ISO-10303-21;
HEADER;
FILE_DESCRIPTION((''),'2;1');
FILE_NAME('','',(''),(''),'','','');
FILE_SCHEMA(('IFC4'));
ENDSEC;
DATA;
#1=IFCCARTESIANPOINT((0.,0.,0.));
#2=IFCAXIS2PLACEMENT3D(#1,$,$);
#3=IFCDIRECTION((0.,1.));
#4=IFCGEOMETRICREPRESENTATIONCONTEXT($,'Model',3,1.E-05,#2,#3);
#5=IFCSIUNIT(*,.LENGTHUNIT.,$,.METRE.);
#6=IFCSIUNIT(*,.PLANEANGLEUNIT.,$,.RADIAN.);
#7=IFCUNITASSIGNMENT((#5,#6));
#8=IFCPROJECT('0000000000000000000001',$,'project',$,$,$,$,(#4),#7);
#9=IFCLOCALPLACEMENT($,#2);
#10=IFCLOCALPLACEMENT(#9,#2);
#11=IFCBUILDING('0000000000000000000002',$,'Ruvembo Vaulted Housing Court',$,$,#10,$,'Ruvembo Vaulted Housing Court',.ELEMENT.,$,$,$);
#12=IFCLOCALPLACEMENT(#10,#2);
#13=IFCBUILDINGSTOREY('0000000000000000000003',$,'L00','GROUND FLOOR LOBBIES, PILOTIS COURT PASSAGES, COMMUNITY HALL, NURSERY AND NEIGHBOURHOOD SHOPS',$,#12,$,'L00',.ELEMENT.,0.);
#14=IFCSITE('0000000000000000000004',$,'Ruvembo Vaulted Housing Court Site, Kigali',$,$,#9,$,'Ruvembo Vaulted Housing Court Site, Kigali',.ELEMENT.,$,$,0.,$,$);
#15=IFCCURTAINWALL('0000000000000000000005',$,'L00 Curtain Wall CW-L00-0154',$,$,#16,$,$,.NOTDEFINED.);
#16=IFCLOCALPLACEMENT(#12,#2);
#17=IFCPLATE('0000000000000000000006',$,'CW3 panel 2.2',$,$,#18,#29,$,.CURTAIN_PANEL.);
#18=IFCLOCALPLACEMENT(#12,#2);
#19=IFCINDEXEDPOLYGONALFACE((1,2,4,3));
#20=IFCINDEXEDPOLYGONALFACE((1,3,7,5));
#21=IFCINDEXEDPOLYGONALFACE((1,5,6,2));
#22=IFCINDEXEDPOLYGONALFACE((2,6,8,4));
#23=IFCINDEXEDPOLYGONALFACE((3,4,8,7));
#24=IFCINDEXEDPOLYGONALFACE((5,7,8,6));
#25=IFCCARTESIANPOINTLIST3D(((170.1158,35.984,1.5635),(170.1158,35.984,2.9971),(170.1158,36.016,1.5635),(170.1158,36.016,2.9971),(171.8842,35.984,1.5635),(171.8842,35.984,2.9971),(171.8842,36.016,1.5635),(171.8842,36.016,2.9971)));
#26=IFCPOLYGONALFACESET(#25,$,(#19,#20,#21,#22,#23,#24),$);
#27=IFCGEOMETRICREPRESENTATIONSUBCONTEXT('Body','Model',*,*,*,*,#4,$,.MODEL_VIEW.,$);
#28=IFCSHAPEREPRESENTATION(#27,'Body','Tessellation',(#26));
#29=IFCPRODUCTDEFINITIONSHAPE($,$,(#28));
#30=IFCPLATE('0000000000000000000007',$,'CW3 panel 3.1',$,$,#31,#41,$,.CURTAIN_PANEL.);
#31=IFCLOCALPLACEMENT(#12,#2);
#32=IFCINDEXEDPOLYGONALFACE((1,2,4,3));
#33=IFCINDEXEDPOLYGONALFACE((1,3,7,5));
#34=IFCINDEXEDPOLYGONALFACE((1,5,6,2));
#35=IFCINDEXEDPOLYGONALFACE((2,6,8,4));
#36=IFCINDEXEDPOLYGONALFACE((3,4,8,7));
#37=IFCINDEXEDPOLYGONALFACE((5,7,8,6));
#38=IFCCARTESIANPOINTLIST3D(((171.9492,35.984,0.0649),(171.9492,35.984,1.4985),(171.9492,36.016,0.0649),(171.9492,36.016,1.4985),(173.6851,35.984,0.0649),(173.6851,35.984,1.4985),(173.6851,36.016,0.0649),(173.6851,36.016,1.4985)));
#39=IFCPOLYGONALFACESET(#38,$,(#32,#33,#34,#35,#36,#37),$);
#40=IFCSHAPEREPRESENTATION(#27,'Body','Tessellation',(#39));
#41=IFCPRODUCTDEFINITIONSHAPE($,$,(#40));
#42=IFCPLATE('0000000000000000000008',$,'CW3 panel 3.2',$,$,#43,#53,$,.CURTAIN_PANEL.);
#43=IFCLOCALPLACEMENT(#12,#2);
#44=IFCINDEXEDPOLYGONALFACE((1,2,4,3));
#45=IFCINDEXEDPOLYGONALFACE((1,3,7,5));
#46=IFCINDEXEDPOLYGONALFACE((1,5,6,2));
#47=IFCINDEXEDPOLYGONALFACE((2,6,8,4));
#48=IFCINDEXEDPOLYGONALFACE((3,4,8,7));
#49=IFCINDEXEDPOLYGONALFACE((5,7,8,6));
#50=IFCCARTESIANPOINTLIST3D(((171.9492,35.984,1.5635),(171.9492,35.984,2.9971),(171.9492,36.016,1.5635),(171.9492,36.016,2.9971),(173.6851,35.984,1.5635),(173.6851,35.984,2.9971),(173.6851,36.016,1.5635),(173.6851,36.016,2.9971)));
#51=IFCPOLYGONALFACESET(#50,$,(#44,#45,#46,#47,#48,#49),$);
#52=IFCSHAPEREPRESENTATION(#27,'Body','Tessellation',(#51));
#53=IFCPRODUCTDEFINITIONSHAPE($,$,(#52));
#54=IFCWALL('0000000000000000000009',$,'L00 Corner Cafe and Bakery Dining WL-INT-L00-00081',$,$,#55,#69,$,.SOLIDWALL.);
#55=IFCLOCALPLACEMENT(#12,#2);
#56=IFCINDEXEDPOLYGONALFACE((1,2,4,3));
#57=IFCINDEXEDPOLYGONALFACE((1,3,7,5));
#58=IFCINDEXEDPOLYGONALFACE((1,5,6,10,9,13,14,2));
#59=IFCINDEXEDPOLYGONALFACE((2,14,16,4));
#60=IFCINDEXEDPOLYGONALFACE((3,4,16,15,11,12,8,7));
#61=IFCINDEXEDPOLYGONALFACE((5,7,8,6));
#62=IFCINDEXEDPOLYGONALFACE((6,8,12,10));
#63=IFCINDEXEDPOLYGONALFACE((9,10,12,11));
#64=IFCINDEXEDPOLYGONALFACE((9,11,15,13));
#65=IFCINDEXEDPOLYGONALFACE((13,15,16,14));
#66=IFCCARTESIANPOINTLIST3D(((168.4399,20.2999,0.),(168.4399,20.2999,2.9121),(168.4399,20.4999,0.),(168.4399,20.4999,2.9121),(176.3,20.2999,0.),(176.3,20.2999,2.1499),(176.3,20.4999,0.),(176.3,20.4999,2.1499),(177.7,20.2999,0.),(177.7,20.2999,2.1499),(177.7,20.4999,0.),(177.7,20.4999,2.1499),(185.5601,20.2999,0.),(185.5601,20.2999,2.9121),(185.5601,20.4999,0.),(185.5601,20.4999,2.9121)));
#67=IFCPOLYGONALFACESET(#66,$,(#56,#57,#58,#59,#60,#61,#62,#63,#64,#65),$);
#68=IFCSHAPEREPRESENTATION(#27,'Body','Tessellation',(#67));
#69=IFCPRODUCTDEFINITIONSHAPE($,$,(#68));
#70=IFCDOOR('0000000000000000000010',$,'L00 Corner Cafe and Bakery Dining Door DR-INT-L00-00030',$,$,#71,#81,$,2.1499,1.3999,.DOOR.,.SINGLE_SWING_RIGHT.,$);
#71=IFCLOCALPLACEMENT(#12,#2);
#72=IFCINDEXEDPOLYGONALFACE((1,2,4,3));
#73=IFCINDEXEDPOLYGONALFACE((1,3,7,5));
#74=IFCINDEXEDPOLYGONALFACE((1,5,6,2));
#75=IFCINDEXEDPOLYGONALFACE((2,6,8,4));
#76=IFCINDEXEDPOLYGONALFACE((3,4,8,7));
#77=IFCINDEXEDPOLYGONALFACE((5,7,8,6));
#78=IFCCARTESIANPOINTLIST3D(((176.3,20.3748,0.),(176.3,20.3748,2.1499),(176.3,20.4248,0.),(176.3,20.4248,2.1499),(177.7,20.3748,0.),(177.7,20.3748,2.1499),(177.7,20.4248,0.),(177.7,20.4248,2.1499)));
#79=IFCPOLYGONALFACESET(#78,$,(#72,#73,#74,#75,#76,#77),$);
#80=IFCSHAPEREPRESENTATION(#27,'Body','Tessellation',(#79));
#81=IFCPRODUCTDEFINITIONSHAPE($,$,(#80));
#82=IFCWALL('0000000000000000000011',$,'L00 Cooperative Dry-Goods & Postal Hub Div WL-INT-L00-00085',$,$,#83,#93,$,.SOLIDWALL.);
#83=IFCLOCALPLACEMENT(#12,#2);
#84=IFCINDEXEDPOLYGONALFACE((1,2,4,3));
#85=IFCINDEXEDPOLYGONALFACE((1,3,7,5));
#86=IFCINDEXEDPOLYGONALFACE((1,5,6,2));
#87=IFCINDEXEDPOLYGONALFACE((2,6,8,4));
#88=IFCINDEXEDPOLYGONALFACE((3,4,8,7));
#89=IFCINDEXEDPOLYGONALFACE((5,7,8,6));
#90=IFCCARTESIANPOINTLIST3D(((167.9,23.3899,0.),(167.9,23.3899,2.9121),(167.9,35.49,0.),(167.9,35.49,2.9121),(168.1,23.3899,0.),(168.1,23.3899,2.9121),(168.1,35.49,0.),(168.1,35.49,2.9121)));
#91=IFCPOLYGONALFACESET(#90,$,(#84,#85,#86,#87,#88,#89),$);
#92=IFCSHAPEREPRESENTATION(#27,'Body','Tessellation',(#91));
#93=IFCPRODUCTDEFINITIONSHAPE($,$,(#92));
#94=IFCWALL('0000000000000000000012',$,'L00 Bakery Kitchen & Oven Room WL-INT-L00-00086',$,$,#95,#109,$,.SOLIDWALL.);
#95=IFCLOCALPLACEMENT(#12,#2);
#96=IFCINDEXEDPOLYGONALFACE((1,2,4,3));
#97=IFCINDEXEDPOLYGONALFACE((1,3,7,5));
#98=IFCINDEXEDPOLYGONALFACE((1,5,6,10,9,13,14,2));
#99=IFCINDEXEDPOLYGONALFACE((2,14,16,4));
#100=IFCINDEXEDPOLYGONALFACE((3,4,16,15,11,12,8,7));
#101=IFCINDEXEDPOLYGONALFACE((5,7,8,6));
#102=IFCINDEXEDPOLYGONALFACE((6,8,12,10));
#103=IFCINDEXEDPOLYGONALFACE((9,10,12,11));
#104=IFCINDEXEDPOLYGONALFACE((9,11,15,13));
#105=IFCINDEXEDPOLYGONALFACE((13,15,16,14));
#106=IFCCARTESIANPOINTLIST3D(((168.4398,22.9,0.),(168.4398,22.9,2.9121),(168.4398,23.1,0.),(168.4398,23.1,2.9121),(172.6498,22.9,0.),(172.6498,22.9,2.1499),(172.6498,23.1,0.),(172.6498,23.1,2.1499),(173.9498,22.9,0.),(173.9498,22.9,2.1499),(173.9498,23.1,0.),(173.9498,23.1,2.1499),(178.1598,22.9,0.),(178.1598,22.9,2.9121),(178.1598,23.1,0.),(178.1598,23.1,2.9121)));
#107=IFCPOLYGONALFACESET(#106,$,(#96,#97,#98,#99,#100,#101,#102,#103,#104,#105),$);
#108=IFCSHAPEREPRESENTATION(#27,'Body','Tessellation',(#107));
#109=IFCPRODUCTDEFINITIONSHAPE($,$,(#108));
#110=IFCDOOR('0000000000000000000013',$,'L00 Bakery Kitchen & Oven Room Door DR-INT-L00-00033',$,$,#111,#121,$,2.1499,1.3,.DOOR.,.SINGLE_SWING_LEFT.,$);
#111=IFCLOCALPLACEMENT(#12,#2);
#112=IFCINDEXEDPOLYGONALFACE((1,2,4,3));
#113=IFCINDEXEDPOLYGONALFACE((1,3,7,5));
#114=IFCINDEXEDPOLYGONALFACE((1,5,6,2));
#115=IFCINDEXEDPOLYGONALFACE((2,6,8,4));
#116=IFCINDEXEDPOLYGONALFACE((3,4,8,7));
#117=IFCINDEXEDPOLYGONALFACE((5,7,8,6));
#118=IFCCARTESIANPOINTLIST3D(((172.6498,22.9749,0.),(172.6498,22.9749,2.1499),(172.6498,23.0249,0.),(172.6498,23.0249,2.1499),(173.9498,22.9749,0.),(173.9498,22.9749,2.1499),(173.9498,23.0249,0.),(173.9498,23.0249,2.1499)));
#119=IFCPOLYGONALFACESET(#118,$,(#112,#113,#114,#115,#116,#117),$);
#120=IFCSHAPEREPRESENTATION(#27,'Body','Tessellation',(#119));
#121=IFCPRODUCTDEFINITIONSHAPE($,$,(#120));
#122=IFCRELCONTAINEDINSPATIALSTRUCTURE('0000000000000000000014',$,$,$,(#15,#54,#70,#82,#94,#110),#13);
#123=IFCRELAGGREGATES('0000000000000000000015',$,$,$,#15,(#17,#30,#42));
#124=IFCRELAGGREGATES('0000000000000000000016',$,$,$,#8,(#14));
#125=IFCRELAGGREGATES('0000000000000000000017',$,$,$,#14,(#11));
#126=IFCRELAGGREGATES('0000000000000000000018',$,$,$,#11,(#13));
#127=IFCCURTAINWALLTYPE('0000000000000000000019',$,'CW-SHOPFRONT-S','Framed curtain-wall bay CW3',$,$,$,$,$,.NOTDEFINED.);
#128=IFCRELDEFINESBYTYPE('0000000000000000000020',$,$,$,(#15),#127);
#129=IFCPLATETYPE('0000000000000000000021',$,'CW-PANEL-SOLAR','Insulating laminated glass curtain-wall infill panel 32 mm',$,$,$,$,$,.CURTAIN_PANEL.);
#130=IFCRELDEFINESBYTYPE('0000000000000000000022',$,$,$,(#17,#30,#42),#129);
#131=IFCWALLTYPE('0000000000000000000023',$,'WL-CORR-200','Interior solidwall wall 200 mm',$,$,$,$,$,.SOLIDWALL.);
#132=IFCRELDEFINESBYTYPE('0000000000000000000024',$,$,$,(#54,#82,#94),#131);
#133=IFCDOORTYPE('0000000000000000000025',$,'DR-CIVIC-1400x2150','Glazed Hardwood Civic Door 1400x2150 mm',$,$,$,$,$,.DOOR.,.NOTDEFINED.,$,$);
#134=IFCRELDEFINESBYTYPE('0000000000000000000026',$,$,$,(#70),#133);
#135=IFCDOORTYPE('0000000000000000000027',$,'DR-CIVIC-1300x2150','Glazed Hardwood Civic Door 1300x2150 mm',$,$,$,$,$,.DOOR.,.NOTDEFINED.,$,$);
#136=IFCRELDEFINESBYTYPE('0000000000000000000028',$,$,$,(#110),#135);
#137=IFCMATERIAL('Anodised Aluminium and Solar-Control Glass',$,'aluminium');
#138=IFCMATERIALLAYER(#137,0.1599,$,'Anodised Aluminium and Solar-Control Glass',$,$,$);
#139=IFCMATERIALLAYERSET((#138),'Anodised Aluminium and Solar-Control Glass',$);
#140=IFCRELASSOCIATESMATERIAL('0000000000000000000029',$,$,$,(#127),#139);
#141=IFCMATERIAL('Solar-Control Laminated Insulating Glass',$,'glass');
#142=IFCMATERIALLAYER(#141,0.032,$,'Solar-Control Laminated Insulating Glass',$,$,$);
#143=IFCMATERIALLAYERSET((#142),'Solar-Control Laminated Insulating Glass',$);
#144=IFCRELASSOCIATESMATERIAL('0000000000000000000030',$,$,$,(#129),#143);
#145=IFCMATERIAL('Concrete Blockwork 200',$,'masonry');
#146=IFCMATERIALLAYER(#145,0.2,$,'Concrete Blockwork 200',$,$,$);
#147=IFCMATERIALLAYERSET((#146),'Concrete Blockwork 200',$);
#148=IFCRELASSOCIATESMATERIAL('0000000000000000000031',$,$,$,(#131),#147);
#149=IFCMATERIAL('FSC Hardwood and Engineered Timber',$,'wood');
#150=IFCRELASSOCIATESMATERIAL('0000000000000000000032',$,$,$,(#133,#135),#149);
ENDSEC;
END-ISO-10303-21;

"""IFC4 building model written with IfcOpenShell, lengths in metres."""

from ifc_helpers import new_model, si_unit, direction, frame, frame_2d, origin, origin_2d, place, context, subcontext, project, spatial, rectangle, extrude, material, layer, layer_set, type_object, element, fill, aggregate, save


model = new_model("IFC4")

# Units and contexts
model_context = context("Model", 3, precision=1e-05, world=origin(), true_north=direction((0.0, 1.0)))
body_context = subcontext(model_context, "Body", "Model", "MODEL_VIEW")
ifc_project = project(units=[si_unit("LENGTHUNIT", "METRE"), si_unit("PLANEANGLEUNIT", "RADIAN")], contexts=[model_context])

# Site, building, storey
site_placement = place(None, origin())
site = spatial("IfcSite", under=ifc_project, at=site_placement, Name="Ruvembo Vaulted Housing Court Site, Kigali", LongName="Ruvembo Vaulted Housing Court Site, Kigali", CompositionType="ELEMENT", RefElevation=0.0)
building_placement = place(site_placement, origin())
building = spatial("IfcBuilding", under=site, at=building_placement, Name="Ruvembo Vaulted Housing Court", LongName="Ruvembo Vaulted Housing Court", CompositionType="ELEMENT")
storey_placement = place(building_placement, origin())
storey = spatial("IfcBuildingStorey", under=building, at=storey_placement, Name="L00", Description="GROUND FLOOR LOBBIES, PILOTIS COURT PASSAGES, COMMUNITY HALL, NURSERY AND NEIGHBOURHOOD SHOPS", LongName="L00", CompositionType="ELEMENT", Elevation=0.0)

# Shared definitions
ifc_material_1 = material(Name="Anodised Aluminium and Solar-Control Glass", Category="aluminium")
ifc_layer_1 = layer(ifc_material_1, 0.1599, Name="Anodised Aluminium and Solar-Control Glass")
ifc_layer_set_1 = layer_set([ifc_layer_1], Name="Anodised Aluminium and Solar-Control Glass")
curtain_wall_type = type_object("IfcCurtainWallType", Name="CW-SHOPFRONT-S", Description="Framed curtain-wall bay CW3", PredefinedType="NOTDEFINED", material=ifc_layer_set_1)

# Curtain wall
curtain_wall_1_placement = place(storey_placement, origin())
curtain_wall_1 = element("IfcCurtainWall", 1, at=curtain_wall_1_placement, inside=storey, type_object=curtain_wall_type, Name="L00 Curtain Wall CW-L00-0154", PredefinedType="NOTDEFINED")

# Plates
ifc_material_2 = material(Name="Solar-Control Laminated Insulating Glass", Category="glass")
ifc_layer_2 = layer(ifc_material_2, 0.032, Name="Solar-Control Laminated Insulating Glass")
ifc_layer_set_2 = layer_set([ifc_layer_2], Name="Solar-Control Laminated Insulating Glass")
plate_type = type_object("IfcPlateType", Name="CW-PANEL-SOLAR", Description="Insulating laminated glass curtain-wall infill panel 32 mm", PredefinedType="CURTAIN_PANEL", material=ifc_layer_set_2)
plate_1_placement = place(storey_placement, frame((171.0, 36.0, 1.5635), z_axis=(0.0, 0.0, 1.0), x_axis=(1.0, 0.0, 0.0)))
plate_1 = element("IfcPlate", 2, at=plate_1_placement, type_object=plate_type, Name="CW3 panel 2.2", PredefinedType="CURTAIN_PANEL", context=body_context, shape_type="SweptSolid", body=[
    extrude(rectangle(XDim=1.7683, YDim=0.032, at=origin_2d()), origin(), (0.0, 0.0, 1.0), 1.4336),
])
plate_2_placement = place(storey_placement, frame((172.8171, 36.0, 0.0649), z_axis=(0.0, 0.0, 1.0), x_axis=(1.0, 0.0, 0.0)))
plate_2 = element("IfcPlate", 3, at=plate_2_placement, type_object=plate_type, Name="CW3 panel 3.1", PredefinedType="CURTAIN_PANEL", context=body_context, shape_type="SweptSolid", body=[
    extrude(rectangle(XDim=1.7358, YDim=0.032, at=origin_2d()), origin(), (0.0, 0.0, 1.0), 1.4336),
])
plate_3_placement = place(storey_placement, frame((172.8171, 36.0, 1.5635), z_axis=(0.0, 0.0, 1.0), x_axis=(1.0, 0.0, 0.0)))
plate_3 = element("IfcPlate", 4, at=plate_3_placement, type_object=plate_type, Name="CW3 panel 3.2", PredefinedType="CURTAIN_PANEL", context=body_context, shape_type="SweptSolid", body=[
    extrude(rectangle(XDim=1.7358, YDim=0.032, at=origin_2d()), origin(), (0.0, 0.0, 1.0), 1.4336),
])
aggregate(curtain_wall_1, [plate_1, plate_2, plate_3])

# Wall, opening, door
ifc_material_3 = material(Name="Concrete Blockwork 200", Category="masonry")
ifc_layer_3 = layer(ifc_material_3, 0.2, Name="Concrete Blockwork 200")
ifc_layer_set_3 = layer_set([ifc_layer_3], Name="Concrete Blockwork 200")
wall_type = type_object("IfcWallType", Name="WL-CORR-200", Description="Interior solidwall wall 200 mm", PredefinedType="SOLIDWALL", material=ifc_layer_set_3)
wall_1_placement = place(storey_placement, frame((168.4399, 20.3999, 0.0), z_axis=(0.0, 0.0, 1.0), x_axis=(1.0, 0.0, 0.0)))
wall_1 = element("IfcWall", 5, at=wall_1_placement, inside=storey, type_object=wall_type, Name="L00 Corner Cafe and Bakery Dining WL-INT-L00-00081", PredefinedType="SOLIDWALL", context=body_context, shape_type="SweptSolid", body=[
    extrude(rectangle(XDim=17.1201, YDim=0.2, at=frame_2d((8.5601, 0.0))), origin(), (0.0, 0.0, 1.0), 2.9121),
])
opening_1_placement = place(wall_1_placement, frame((7.8601, 0.0, 0.0)))
opening_1 = element("IfcOpeningElement", 6, at=opening_1_placement, cuts=wall_1, PredefinedType="OPENING", context=body_context, shape_type="SweptSolid", body=[
    extrude(rectangle(XDim=1.3999, YDim=2.1499, at=frame_2d((0.7, 1.075))), frame((0.0, 0.1099, 0.0), z_axis=(0.0, -1.0, 0.0), x_axis=(1.0, 0.0, 0.0)), (0.0, 0.0, 1.0), 0.22),
])
ifc_material_4 = material(Name="FSC Hardwood and Engineered Timber", Category="wood")
door_type_1 = type_object("IfcDoorType", Name="DR-CIVIC-1400x2150", Description="Glazed Hardwood Civic Door 1400x2150 mm", OperationType="NOTDEFINED", PredefinedType="DOOR", material=ifc_material_4)
door_1_placement = place(opening_1_placement, origin())
door_1 = element("IfcDoor", 7, at=door_1_placement, inside=storey, type_object=door_type_1, Name="L00 Corner Cafe and Bakery Dining Door DR-INT-L00-00030", OperationType="SINGLE_SWING_RIGHT", OverallHeight=2.1499, OverallWidth=1.3999, PredefinedType="DOOR", context=body_context, shape_type="SweptSolid", body=[
    extrude(rectangle(XDim=1.3999, YDim=2.1499, at=frame_2d((0.7, 1.075))), frame((0.0, 0.0249, 0.0), z_axis=(0.0, -1.0, 0.0), x_axis=(1.0, 0.0, 0.0)), (0.0, 0.0, 1.0), 0.05),
])
fill(opening_1, door_1)

# Wall
wall_2_placement = place(storey_placement, frame((168.0, 23.3899, 0.0), z_axis=(0.0, 0.0, 1.0), x_axis=(0.0, 1.0, 0.0)))
element("IfcWall", 8, at=wall_2_placement, inside=storey, type_object=wall_type, Name="L00 Cooperative Dry-Goods & Postal Hub Div WL-INT-L00-00085", PredefinedType="SOLIDWALL", context=body_context, shape_type="SweptSolid", body=[
    extrude(rectangle(XDim=12.1001, YDim=0.2, at=frame_2d((6.05, 0.0))), origin(), (0.0, 0.0, 1.0), 2.9121),
])

# Wall, opening, door
wall_3_placement = place(storey_placement, frame((168.4399, 23.0, 0.0), z_axis=(0.0, 0.0, 1.0), x_axis=(1.0, 0.0, 0.0)))
wall_3 = element("IfcWall", 9, at=wall_3_placement, inside=storey, type_object=wall_type, Name="L00 Bakery Kitchen & Oven Room WL-INT-L00-00086", PredefinedType="SOLIDWALL", context=body_context, shape_type="SweptSolid", body=[
    extrude(rectangle(XDim=9.72, YDim=0.2, at=frame_2d((4.8599, 0.0))), origin(), (0.0, 0.0, 1.0), 2.9121),
])
opening_2_placement = place(wall_3_placement, frame((4.21, 0.0, 0.0)))
opening_2 = element("IfcOpeningElement", 10, at=opening_2_placement, cuts=wall_3, PredefinedType="OPENING", context=body_context, shape_type="SweptSolid", body=[
    extrude(rectangle(XDim=1.3, YDim=2.1499, at=frame_2d((0.6499, 1.075))), frame((0.0, 0.1099, 0.0), z_axis=(0.0, -1.0, 0.0), x_axis=(1.0, 0.0, 0.0)), (0.0, 0.0, 1.0), 0.22),
])
door_type_2 = type_object("IfcDoorType", Name="DR-CIVIC-1300x2150", Description="Glazed Hardwood Civic Door 1300x2150 mm", OperationType="NOTDEFINED", PredefinedType="DOOR", material=ifc_material_4)
door_2_placement = place(opening_2_placement, origin())
door_2 = element("IfcDoor", 11, at=door_2_placement, inside=storey, type_object=door_type_2, Name="L00 Bakery Kitchen & Oven Room Door DR-INT-L00-00033", OperationType="SINGLE_SWING_LEFT", OverallHeight=2.1499, OverallWidth=1.3, PredefinedType="DOOR", context=body_context, shape_type="SweptSolid", body=[
    extrude(rectangle(XDim=1.3, YDim=2.1499, at=frame_2d((0.6499, 1.075))), frame((0.0, 0.0249, 0.0), z_axis=(0.0, -1.0, 0.0), x_axis=(1.0, 0.0, 0.0)), (0.0, 0.0, 1.0), 0.05),
])
fill(opening_2, door_2)

save(model, "model.ifc")
